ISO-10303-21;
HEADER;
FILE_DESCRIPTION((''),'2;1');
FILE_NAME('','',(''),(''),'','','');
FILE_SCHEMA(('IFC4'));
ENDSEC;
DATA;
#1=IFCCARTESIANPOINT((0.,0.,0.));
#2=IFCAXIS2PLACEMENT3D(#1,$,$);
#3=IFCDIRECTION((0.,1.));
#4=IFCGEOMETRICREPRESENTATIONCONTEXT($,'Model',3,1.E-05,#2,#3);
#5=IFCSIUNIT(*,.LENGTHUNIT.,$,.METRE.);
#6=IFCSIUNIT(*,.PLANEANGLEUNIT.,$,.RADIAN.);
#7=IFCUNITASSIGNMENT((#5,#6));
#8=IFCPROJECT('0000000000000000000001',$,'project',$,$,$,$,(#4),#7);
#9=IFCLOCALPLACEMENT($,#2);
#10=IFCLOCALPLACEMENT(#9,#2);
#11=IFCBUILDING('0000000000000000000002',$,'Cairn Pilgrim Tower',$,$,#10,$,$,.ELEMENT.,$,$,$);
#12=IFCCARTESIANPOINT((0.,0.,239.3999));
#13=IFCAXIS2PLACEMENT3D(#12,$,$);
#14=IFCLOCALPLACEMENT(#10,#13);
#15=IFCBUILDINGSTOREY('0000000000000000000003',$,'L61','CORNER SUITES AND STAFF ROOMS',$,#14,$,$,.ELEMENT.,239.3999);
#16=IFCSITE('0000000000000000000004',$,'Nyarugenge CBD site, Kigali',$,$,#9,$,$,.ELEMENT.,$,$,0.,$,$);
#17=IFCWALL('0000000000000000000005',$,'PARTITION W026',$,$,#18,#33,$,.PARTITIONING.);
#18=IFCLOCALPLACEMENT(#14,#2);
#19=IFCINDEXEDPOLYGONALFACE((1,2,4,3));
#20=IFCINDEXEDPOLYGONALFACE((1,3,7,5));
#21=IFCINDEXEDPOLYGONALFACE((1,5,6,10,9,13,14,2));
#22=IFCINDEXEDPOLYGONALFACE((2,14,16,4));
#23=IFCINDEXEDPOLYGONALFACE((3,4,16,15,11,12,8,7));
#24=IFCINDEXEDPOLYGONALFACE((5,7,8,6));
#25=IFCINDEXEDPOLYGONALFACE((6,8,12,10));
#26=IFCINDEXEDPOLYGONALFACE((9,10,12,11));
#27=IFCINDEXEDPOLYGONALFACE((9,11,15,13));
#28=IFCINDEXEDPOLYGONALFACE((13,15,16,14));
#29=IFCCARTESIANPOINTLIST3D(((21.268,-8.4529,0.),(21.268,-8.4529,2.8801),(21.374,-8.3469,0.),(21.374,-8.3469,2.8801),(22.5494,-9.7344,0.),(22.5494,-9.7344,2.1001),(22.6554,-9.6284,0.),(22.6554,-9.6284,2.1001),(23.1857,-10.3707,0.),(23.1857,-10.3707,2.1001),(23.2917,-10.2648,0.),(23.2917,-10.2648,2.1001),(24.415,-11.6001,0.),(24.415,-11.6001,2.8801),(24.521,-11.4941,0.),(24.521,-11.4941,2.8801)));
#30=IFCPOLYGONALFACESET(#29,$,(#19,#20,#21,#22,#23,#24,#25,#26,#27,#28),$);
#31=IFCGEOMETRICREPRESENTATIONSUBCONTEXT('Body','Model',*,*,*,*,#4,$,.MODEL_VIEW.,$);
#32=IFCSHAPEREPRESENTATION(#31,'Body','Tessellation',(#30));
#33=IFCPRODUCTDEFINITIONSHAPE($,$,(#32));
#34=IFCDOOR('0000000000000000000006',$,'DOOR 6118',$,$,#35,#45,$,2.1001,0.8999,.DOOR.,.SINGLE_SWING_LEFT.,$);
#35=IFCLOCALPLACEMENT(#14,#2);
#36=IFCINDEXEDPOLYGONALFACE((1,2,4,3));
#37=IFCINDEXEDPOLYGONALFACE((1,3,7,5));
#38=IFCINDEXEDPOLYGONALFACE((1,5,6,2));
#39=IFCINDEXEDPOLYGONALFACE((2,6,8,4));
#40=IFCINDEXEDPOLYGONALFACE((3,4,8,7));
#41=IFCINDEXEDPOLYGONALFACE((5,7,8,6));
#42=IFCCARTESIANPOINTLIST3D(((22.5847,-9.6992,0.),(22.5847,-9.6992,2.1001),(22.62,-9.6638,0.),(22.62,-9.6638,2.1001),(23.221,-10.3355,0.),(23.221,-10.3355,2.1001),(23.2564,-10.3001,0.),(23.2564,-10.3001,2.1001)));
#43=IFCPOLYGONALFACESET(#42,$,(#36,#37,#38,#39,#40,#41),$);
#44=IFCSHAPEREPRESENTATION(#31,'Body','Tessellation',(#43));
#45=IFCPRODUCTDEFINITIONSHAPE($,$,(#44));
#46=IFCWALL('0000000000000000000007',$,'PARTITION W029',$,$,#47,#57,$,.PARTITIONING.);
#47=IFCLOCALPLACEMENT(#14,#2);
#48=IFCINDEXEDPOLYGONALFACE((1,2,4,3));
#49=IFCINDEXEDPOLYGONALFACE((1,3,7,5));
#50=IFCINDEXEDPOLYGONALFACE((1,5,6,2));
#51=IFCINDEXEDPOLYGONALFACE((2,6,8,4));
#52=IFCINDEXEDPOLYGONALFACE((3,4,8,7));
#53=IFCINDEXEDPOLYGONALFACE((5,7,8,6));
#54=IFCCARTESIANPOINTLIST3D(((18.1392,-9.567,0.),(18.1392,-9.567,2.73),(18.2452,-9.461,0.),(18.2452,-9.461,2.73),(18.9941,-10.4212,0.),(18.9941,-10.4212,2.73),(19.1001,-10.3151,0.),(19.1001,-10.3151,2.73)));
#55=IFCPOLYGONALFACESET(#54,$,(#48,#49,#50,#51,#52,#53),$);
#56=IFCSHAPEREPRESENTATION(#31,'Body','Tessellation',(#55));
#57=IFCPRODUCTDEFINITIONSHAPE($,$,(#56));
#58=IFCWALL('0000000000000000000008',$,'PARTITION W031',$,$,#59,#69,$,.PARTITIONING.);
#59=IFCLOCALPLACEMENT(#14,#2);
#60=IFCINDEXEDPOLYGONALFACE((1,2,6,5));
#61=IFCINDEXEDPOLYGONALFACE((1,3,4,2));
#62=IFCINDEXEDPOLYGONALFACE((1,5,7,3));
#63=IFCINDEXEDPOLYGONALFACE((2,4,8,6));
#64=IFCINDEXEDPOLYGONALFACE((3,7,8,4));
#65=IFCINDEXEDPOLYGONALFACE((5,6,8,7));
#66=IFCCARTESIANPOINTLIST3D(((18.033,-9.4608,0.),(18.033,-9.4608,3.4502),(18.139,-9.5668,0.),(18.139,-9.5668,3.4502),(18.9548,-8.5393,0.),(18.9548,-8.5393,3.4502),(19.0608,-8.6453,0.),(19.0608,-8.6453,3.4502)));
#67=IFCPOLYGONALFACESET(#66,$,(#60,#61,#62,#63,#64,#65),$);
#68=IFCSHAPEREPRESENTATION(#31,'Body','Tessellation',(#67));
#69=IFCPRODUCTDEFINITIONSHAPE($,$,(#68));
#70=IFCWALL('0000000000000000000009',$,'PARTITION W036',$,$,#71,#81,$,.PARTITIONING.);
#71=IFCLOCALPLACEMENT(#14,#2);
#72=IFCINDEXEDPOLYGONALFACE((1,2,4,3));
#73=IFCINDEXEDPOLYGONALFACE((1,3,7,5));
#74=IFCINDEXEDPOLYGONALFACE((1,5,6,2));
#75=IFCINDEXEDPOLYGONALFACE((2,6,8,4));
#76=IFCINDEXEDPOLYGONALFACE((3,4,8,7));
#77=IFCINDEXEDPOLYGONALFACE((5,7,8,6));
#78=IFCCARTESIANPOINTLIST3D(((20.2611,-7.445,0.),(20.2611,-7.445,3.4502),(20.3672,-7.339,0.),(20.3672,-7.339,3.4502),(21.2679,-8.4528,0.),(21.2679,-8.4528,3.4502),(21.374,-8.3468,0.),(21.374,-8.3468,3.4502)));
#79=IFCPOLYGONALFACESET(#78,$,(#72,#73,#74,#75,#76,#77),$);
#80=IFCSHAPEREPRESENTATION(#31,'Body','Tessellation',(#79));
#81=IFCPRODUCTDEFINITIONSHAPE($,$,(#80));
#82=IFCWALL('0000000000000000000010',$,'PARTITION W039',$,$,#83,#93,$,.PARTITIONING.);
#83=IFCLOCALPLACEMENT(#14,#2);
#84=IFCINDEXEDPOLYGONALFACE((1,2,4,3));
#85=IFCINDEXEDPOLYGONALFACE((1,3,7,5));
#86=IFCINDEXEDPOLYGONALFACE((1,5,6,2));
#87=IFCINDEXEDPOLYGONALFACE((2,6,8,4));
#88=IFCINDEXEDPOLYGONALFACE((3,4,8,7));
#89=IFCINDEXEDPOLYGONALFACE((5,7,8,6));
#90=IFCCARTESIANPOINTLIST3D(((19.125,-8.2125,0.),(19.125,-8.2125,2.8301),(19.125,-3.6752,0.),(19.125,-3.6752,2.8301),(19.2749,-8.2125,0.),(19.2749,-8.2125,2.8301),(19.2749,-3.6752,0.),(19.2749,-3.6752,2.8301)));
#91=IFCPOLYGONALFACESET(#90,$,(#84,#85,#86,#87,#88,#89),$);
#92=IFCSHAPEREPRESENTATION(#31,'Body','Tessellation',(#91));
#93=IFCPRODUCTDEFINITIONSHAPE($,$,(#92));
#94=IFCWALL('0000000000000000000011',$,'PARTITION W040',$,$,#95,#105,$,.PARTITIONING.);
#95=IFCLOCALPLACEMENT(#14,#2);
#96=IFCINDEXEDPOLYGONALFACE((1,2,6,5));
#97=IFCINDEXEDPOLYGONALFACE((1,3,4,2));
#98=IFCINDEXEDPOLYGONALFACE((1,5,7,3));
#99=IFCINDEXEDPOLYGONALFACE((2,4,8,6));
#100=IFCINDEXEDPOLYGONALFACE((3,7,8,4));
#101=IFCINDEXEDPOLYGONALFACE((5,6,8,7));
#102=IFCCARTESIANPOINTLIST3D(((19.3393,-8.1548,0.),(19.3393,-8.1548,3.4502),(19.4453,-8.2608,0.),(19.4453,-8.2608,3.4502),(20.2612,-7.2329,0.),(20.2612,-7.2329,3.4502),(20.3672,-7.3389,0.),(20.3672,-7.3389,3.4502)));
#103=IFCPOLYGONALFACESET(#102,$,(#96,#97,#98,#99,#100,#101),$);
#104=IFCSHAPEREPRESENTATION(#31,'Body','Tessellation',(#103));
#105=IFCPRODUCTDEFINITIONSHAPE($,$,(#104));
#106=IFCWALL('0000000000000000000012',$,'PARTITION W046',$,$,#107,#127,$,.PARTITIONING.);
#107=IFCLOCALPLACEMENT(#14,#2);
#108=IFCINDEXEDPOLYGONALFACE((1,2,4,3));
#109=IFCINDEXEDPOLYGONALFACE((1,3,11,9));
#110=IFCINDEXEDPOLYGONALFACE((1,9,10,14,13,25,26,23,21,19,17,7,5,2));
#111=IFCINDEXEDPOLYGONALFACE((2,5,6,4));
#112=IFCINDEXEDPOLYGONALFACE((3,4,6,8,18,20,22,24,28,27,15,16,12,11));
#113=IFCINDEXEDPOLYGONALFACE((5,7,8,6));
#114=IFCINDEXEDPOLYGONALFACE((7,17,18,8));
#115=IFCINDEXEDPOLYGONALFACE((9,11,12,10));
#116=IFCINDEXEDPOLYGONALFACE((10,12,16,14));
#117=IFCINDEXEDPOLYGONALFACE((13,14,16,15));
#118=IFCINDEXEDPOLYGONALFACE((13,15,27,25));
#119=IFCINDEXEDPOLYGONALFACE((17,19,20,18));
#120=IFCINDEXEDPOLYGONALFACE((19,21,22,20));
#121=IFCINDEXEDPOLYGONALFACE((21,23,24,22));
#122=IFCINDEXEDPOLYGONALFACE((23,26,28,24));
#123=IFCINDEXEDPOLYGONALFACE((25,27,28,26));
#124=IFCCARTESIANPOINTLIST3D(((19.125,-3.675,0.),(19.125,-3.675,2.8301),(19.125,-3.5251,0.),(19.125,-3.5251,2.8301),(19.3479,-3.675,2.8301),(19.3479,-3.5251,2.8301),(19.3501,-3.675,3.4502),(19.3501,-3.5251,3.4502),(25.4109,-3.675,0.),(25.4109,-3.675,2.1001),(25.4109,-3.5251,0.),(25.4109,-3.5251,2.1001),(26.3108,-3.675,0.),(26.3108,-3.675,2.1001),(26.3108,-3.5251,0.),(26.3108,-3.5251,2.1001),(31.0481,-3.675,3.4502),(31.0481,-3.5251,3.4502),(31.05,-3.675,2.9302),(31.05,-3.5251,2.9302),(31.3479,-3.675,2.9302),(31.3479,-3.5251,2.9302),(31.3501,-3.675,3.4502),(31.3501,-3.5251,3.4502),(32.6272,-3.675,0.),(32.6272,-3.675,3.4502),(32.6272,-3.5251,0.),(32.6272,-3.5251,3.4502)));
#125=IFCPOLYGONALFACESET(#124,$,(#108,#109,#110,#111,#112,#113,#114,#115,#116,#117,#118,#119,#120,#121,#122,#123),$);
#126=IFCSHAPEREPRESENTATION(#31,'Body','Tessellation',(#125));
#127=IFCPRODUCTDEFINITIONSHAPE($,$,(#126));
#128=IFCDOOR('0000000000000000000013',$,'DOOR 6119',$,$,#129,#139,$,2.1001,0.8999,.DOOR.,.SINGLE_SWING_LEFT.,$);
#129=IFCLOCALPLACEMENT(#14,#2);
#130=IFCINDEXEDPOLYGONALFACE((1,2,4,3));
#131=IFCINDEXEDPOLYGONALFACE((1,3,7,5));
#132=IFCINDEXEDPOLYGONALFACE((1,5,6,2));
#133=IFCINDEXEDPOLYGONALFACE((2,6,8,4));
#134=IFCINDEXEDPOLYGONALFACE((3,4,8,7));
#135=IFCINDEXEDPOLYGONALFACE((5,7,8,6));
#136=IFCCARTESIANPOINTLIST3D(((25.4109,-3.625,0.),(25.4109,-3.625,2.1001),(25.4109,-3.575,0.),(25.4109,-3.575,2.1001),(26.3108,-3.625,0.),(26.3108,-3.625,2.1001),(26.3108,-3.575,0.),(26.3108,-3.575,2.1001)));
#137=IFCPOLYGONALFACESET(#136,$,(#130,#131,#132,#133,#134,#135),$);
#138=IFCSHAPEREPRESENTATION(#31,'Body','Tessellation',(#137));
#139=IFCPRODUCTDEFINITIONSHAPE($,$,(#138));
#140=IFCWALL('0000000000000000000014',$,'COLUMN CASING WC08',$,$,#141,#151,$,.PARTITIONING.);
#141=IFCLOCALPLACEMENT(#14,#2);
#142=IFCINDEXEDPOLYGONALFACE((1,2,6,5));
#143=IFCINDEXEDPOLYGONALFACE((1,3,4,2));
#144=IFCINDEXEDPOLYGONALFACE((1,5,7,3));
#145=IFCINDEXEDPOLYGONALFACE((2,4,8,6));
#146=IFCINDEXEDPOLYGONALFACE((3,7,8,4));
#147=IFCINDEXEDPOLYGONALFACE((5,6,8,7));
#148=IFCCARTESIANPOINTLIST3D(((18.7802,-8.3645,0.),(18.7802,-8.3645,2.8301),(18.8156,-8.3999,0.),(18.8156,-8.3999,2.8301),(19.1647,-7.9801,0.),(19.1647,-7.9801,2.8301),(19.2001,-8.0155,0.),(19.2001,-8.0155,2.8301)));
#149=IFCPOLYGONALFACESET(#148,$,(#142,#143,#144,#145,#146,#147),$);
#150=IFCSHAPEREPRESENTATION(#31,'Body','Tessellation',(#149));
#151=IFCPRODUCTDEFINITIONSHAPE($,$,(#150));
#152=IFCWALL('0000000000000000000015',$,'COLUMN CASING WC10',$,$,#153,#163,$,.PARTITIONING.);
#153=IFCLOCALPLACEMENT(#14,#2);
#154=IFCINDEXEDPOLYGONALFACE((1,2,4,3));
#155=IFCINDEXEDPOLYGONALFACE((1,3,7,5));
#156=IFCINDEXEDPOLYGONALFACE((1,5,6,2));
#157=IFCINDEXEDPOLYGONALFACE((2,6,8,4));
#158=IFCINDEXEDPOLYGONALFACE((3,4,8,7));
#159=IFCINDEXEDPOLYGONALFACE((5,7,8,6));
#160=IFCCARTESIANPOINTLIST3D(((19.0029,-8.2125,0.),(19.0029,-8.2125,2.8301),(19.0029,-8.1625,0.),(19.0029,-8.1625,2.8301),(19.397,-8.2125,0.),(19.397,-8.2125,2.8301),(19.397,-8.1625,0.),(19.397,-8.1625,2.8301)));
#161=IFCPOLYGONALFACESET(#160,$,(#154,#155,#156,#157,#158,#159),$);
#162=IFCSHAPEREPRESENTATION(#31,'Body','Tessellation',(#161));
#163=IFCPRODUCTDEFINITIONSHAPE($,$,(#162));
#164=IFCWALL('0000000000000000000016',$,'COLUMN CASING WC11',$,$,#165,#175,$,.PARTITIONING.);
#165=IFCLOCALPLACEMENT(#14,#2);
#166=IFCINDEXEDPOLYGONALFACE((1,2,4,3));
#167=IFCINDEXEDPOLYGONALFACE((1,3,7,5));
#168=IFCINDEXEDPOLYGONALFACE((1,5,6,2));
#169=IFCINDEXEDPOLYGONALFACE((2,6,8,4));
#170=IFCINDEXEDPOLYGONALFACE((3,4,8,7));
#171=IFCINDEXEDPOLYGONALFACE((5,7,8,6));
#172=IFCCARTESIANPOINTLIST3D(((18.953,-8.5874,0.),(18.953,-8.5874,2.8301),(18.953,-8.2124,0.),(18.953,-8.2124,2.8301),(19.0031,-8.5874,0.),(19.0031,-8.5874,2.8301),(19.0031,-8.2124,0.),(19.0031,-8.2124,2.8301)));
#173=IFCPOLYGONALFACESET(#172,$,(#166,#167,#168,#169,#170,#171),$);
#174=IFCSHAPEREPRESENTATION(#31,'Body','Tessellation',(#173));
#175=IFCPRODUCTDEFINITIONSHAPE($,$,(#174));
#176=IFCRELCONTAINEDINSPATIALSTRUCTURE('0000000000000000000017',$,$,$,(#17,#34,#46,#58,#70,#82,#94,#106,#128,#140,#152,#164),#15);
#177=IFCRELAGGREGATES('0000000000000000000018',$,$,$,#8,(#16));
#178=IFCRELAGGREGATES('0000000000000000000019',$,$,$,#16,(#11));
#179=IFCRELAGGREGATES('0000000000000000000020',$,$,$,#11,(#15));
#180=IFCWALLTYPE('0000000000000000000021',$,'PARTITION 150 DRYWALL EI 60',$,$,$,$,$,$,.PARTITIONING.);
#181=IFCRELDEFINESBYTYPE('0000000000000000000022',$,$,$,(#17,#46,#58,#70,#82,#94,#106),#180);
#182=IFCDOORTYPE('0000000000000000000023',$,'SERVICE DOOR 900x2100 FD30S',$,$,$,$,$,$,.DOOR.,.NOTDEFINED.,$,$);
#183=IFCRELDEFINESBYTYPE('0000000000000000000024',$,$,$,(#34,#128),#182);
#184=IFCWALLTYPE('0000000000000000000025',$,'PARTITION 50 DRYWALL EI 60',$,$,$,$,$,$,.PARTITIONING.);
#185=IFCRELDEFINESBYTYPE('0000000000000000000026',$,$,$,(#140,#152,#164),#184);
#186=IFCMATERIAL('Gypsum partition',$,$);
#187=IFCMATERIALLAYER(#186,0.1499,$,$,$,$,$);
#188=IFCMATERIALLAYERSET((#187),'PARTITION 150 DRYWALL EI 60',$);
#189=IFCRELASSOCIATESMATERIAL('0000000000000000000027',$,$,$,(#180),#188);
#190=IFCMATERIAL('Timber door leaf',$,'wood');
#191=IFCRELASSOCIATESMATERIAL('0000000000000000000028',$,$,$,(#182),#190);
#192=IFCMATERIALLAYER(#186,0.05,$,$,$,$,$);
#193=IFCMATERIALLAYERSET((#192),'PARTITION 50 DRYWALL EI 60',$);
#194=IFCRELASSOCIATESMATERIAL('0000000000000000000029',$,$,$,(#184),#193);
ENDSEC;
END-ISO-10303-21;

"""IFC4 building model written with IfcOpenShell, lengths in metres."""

from ifc_helpers import new_model, si_unit, direction, frame, frame_2d, origin, place, context, subcontext, project, spatial, polyline, rectangle, outline, extrude, material, layer, layer_set, type_object, element, fill, save


model = new_model("IFC4")

# Units and contexts
model_context = context("Model", 3, precision=1e-05, world=origin(), true_north=direction((0.0, 1.0)))
body_context = subcontext(model_context, "Body", "Model", "MODEL_VIEW")
ifc_project = project(units=[si_unit("LENGTHUNIT", "METRE"), si_unit("PLANEANGLEUNIT", "RADIAN")], contexts=[model_context])

# Site, building, storey
site_placement = place(None, origin())
site = spatial("IfcSite", under=ifc_project, at=site_placement, Name="Nyarugenge CBD site, Kigali", CompositionType="ELEMENT", RefElevation=0.0)
building_placement = place(site_placement, origin())
building = spatial("IfcBuilding", under=site, at=building_placement, Name="Cairn Pilgrim Tower", CompositionType="ELEMENT")
storey_placement = place(building_placement, frame((0.0, 0.0, 239.3999)))
storey = spatial("IfcBuildingStorey", under=building, at=storey_placement, Name="L61", Description="CORNER SUITES AND STAFF ROOMS", CompositionType="ELEMENT", Elevation=239.3999)

# Shared definitions
ifc_material_1 = material(Name="Gypsum partition")
ifc_layer_1 = layer(ifc_material_1, 0.1499)
ifc_layer_set_1 = layer_set([ifc_layer_1], Name="PARTITION 150 DRYWALL EI 60")
wall_type_1 = type_object("IfcWallType", Name="PARTITION 150 DRYWALL EI 60", PredefinedType="PARTITIONING", material=ifc_layer_set_1)
ifc_material_2 = material(Name="Timber door leaf", Category="wood")
door_type_1 = type_object("IfcDoorType", Name="SERVICE DOOR 900x2100 FD30S", OperationType="NOTDEFINED", PredefinedType="DOOR", material=ifc_material_2)

# Wall, opening, door
wall_1_placement = place(storey_placement, frame((24.468, -11.5471, 0.0), z_axis=(0.0, 0.0, 1.0), x_axis=(-0.707079, 0.707134, 0.0)))
wall_1 = element("IfcWall", 1, at=wall_1_placement, inside=storey, type_object=wall_type_1, Name="PARTITION W026", PredefinedType="PARTITIONING", context=body_context, shape_type="SweptSolid", body=[
    extrude(rectangle(XDim=4.4507, YDim=0.1499, at=frame_2d((2.2253, 0.0))), origin(), (0.0, 0.0, 1.0), 2.8801),
])
opening_1_placement = place(wall_1_placement, frame((1.7385, 0.0, 0.0)))
opening_1 = element("IfcOpeningElement", 2, at=opening_1_placement, cuts=wall_1, PredefinedType="OPENING", context=body_context, shape_type="SweptSolid", body=[
    extrude(rectangle(XDim=0.8999, YDim=2.1001, at=frame_2d((0.45, 1.05))), frame((0.0, 0.085, 0.0), z_axis=(0.0, -1.0, 0.0), x_axis=(1.0, 0.0, 0.0)), (0.0, 0.0, 1.0), 0.1699),
])
door_1_placement = place(opening_1_placement, frame((0.8999, 0.0, 0.0), z_axis=(0.0, 0.0, 1.0), x_axis=(-1.0, 0.0, 0.0)))
door_1 = element("IfcDoor", 3, at=door_1_placement, inside=storey, type_object=door_type_1, Name="DOOR 6118", OperationType="SINGLE_SWING_LEFT", OverallHeight=2.1001, OverallWidth=0.8999, PredefinedType="DOOR", context=body_context, shape_type="SweptSolid", body=[
    extrude(rectangle(XDim=0.8999, YDim=2.1001, at=frame_2d((0.45, 1.05))), frame((0.0, 0.0249, 0.0), z_axis=(0.0, -1.0, 0.0), x_axis=(1.0, 0.0, 0.0)), (0.0, 0.0, 1.0), 0.05),
])
fill(opening_1, door_1)

# Walls
wall_2_placement = place(storey_placement, frame((19.0471, -10.3682, 0.0), z_axis=(0.0, 0.0, 1.0), x_axis=(-0.70741, 0.706804, 0.0)))
element("IfcWall", 4, at=wall_2_placement, inside=storey, type_object=wall_type_1, Name="PARTITION W029", PredefinedType="PARTITIONING", context=body_context, shape_type="SweptSolid", body=[
    extrude(rectangle(XDim=1.2085, YDim=0.1499, at=frame_2d((0.6042, 0.0))), origin(), (0.0, 0.0, 1.0), 2.73),
])
wall_3_placement = place(storey_placement, frame((18.0859, -9.5139, 0.0), z_axis=(0.0, 0.0, 1.0), x_axis=(0.7072, 0.707013, 0.0)))
element("IfcWall", 5, at=wall_3_placement, inside=storey, type_object=wall_type_1, Name="PARTITION W031", PredefinedType="PARTITIONING", context=body_context, shape_type="SweptSolid", body=[
    extrude(rectangle(XDim=1.3035, YDim=0.1499, at=frame_2d((0.6519, 0.0))), origin(), (0.0, 0.0, 1.0), 3.4502),
])
wall_4_placement = place(storey_placement, frame((21.321, -8.3999, 0.0), z_axis=(0.0, 0.0, 1.0), x_axis=(-0.706764, 0.707449, 0.0)))
element("IfcWall", 6, at=wall_4_placement, inside=storey, type_object=wall_type_1, Name="PARTITION W036", PredefinedType="PARTITIONING", context=body_context, shape_type="SweptSolid", body=[
    extrude(rectangle(XDim=1.4246, YDim=0.1499, at=frame_2d((0.7124, 0.0))), origin(), (0.0, 0.0, 1.0), 3.4502),
])
wall_5_placement = place(storey_placement, frame((19.2, -8.2124, 0.0), z_axis=(0.0, 0.0, 1.0), x_axis=(0.0, 1.0, 0.0)))
element("IfcWall", 7, at=wall_5_placement, inside=storey, type_object=wall_type_1, Name="PARTITION W039", PredefinedType="PARTITIONING", context=body_context, shape_type="SweptSolid", body=[
    extrude(rectangle(XDim=4.5374, YDim=0.1499, at=frame_2d((2.2686, 0.0))), origin(), (0.0, 0.0, 1.0), 2.8301),
])
wall_6_placement = place(storey_placement, frame((19.3923, -8.2078, 0.0), z_axis=(0.0, 0.0, 1.0), x_axis=(0.707107, 0.707107, 0.0)))
element("IfcWall", 8, at=wall_6_placement, inside=storey, type_object=wall_type_1, Name="PARTITION W040", PredefinedType="PARTITIONING", context=body_context, shape_type="SweptSolid", body=[
    extrude(rectangle(XDim=1.3037, YDim=0.1499, at=frame_2d((0.6519, 0.0))), origin(), (0.0, 0.0, 1.0), 3.4502),
])

# Wall, opening, door
wall_7_placement = place(storey_placement, frame((19.125, -3.6001, 0.0), z_axis=(0.0, 0.0, 1.0), x_axis=(1.0, 0.0, 0.0)))
wall_7 = element("IfcWall", 9, at=wall_7_placement, inside=storey, type_object=wall_type_1, Name="PARTITION W046", PredefinedType="PARTITIONING", context=body_context, shape_type="SweptSolid", body=[
    extrude(outline(polyline([(0.0, 0.0), (13.5022, 0.0), (13.5022, 3.4502), (12.2251, 3.4502), (12.2229, 2.9302), (11.925, 2.9302), (11.9231, 3.4502), (0.2251, 3.4502), (0.2229, 2.8301), (0.0, 2.8301), (0.0, 0.0)])), frame((0.0, 0.075, 0.0), z_axis=(0.0, -1.0, 0.0), x_axis=(1.0, 0.0, 0.0)), (0.0, 0.0, 1.0), 0.1499),
])
opening_2_placement = place(wall_7_placement, frame((6.2859, 0.0, 0.0)))
opening_2 = element("IfcOpeningElement", 10, at=opening_2_placement, cuts=wall_7, PredefinedType="OPENING", context=body_context, shape_type="SweptSolid", body=[
    extrude(rectangle(XDim=0.8999, YDim=2.1001, at=frame_2d((0.45, 1.05))), frame((0.0, 0.085, 0.0), z_axis=(0.0, -1.0, 0.0), x_axis=(1.0, 0.0, 0.0)), (0.0, 0.0, 1.0), 0.1699),
])
door_2_placement = place(opening_2_placement, frame((0.8999, 0.0, 0.0), z_axis=(0.0, 0.0, 1.0), x_axis=(-1.0, 0.0, 0.0)))
door_2 = element("IfcDoor", 11, at=door_2_placement, inside=storey, type_object=door_type_1, Name="DOOR 6119", OperationType="SINGLE_SWING_LEFT", OverallHeight=2.1001, OverallWidth=0.8999, PredefinedType="DOOR", context=body_context, shape_type="SweptSolid", body=[
    extrude(rectangle(XDim=0.8999, YDim=2.1001, at=frame_2d((0.45, 1.05))), frame((0.0, 0.0249, 0.0), z_axis=(0.0, -1.0, 0.0), x_axis=(1.0, 0.0, 0.0)), (0.0, 0.0, 1.0), 0.05),
])
fill(opening_2, door_2)

# Walls
ifc_layer_2 = layer(ifc_material_1, 0.05)
ifc_layer_set_2 = layer_set([ifc_layer_2], Name="PARTITION 50 DRYWALL EI 60")
wall_type_2 = type_object("IfcWallType", Name="PARTITION 50 DRYWALL EI 60", PredefinedType="PARTITIONING", material=ifc_layer_set_2)
wall_8_placement = place(storey_placement, frame((18.7979, -8.3823, 0.0), z_axis=(0.0, 0.0, 1.0), x_axis=(0.707107, 0.707107, 0.0)))
element("IfcWall", 12, at=wall_8_placement, inside=storey, type_object=wall_type_2, Name="COLUMN CASING WC08", PredefinedType="PARTITIONING", context=body_context, shape_type="SweptSolid", body=[
    extrude(rectangle(XDim=0.5437, YDim=0.05, at=frame_2d((0.272, 0.0))), origin(), (0.0, 0.0, 1.0), 2.8301),
])
wall_9_placement = place(storey_placement, frame((19.0029, -8.1875, 0.0), z_axis=(0.0, 0.0, 1.0), x_axis=(1.0, 0.0, 0.0)))
element("IfcWall", 13, at=wall_9_placement, inside=storey, type_object=wall_type_2, Name="COLUMN CASING WC10", PredefinedType="PARTITIONING", context=body_context, shape_type="SweptSolid", body=[
    extrude(rectangle(XDim=0.394, YDim=0.05, at=frame_2d((0.197, 0.0))), origin(), (0.0, 0.0, 1.0), 2.8301),
])
wall_10_placement = place(storey_placement, frame((18.978, -8.5874, 0.0), z_axis=(0.0, 0.0, 1.0), x_axis=(0.0, 1.0, 0.0)))
element("IfcWall", 14, at=wall_10_placement, inside=storey, type_object=wall_type_2, Name="COLUMN CASING WC11", PredefinedType="PARTITIONING", context=body_context, shape_type="SweptSolid", body=[
    extrude(rectangle(XDim=0.375, YDim=0.05, at=frame_2d((0.1875, 0.0))), origin(), (0.0, 0.0, 1.0), 2.8301),
])

save(model, "model.ifc")
